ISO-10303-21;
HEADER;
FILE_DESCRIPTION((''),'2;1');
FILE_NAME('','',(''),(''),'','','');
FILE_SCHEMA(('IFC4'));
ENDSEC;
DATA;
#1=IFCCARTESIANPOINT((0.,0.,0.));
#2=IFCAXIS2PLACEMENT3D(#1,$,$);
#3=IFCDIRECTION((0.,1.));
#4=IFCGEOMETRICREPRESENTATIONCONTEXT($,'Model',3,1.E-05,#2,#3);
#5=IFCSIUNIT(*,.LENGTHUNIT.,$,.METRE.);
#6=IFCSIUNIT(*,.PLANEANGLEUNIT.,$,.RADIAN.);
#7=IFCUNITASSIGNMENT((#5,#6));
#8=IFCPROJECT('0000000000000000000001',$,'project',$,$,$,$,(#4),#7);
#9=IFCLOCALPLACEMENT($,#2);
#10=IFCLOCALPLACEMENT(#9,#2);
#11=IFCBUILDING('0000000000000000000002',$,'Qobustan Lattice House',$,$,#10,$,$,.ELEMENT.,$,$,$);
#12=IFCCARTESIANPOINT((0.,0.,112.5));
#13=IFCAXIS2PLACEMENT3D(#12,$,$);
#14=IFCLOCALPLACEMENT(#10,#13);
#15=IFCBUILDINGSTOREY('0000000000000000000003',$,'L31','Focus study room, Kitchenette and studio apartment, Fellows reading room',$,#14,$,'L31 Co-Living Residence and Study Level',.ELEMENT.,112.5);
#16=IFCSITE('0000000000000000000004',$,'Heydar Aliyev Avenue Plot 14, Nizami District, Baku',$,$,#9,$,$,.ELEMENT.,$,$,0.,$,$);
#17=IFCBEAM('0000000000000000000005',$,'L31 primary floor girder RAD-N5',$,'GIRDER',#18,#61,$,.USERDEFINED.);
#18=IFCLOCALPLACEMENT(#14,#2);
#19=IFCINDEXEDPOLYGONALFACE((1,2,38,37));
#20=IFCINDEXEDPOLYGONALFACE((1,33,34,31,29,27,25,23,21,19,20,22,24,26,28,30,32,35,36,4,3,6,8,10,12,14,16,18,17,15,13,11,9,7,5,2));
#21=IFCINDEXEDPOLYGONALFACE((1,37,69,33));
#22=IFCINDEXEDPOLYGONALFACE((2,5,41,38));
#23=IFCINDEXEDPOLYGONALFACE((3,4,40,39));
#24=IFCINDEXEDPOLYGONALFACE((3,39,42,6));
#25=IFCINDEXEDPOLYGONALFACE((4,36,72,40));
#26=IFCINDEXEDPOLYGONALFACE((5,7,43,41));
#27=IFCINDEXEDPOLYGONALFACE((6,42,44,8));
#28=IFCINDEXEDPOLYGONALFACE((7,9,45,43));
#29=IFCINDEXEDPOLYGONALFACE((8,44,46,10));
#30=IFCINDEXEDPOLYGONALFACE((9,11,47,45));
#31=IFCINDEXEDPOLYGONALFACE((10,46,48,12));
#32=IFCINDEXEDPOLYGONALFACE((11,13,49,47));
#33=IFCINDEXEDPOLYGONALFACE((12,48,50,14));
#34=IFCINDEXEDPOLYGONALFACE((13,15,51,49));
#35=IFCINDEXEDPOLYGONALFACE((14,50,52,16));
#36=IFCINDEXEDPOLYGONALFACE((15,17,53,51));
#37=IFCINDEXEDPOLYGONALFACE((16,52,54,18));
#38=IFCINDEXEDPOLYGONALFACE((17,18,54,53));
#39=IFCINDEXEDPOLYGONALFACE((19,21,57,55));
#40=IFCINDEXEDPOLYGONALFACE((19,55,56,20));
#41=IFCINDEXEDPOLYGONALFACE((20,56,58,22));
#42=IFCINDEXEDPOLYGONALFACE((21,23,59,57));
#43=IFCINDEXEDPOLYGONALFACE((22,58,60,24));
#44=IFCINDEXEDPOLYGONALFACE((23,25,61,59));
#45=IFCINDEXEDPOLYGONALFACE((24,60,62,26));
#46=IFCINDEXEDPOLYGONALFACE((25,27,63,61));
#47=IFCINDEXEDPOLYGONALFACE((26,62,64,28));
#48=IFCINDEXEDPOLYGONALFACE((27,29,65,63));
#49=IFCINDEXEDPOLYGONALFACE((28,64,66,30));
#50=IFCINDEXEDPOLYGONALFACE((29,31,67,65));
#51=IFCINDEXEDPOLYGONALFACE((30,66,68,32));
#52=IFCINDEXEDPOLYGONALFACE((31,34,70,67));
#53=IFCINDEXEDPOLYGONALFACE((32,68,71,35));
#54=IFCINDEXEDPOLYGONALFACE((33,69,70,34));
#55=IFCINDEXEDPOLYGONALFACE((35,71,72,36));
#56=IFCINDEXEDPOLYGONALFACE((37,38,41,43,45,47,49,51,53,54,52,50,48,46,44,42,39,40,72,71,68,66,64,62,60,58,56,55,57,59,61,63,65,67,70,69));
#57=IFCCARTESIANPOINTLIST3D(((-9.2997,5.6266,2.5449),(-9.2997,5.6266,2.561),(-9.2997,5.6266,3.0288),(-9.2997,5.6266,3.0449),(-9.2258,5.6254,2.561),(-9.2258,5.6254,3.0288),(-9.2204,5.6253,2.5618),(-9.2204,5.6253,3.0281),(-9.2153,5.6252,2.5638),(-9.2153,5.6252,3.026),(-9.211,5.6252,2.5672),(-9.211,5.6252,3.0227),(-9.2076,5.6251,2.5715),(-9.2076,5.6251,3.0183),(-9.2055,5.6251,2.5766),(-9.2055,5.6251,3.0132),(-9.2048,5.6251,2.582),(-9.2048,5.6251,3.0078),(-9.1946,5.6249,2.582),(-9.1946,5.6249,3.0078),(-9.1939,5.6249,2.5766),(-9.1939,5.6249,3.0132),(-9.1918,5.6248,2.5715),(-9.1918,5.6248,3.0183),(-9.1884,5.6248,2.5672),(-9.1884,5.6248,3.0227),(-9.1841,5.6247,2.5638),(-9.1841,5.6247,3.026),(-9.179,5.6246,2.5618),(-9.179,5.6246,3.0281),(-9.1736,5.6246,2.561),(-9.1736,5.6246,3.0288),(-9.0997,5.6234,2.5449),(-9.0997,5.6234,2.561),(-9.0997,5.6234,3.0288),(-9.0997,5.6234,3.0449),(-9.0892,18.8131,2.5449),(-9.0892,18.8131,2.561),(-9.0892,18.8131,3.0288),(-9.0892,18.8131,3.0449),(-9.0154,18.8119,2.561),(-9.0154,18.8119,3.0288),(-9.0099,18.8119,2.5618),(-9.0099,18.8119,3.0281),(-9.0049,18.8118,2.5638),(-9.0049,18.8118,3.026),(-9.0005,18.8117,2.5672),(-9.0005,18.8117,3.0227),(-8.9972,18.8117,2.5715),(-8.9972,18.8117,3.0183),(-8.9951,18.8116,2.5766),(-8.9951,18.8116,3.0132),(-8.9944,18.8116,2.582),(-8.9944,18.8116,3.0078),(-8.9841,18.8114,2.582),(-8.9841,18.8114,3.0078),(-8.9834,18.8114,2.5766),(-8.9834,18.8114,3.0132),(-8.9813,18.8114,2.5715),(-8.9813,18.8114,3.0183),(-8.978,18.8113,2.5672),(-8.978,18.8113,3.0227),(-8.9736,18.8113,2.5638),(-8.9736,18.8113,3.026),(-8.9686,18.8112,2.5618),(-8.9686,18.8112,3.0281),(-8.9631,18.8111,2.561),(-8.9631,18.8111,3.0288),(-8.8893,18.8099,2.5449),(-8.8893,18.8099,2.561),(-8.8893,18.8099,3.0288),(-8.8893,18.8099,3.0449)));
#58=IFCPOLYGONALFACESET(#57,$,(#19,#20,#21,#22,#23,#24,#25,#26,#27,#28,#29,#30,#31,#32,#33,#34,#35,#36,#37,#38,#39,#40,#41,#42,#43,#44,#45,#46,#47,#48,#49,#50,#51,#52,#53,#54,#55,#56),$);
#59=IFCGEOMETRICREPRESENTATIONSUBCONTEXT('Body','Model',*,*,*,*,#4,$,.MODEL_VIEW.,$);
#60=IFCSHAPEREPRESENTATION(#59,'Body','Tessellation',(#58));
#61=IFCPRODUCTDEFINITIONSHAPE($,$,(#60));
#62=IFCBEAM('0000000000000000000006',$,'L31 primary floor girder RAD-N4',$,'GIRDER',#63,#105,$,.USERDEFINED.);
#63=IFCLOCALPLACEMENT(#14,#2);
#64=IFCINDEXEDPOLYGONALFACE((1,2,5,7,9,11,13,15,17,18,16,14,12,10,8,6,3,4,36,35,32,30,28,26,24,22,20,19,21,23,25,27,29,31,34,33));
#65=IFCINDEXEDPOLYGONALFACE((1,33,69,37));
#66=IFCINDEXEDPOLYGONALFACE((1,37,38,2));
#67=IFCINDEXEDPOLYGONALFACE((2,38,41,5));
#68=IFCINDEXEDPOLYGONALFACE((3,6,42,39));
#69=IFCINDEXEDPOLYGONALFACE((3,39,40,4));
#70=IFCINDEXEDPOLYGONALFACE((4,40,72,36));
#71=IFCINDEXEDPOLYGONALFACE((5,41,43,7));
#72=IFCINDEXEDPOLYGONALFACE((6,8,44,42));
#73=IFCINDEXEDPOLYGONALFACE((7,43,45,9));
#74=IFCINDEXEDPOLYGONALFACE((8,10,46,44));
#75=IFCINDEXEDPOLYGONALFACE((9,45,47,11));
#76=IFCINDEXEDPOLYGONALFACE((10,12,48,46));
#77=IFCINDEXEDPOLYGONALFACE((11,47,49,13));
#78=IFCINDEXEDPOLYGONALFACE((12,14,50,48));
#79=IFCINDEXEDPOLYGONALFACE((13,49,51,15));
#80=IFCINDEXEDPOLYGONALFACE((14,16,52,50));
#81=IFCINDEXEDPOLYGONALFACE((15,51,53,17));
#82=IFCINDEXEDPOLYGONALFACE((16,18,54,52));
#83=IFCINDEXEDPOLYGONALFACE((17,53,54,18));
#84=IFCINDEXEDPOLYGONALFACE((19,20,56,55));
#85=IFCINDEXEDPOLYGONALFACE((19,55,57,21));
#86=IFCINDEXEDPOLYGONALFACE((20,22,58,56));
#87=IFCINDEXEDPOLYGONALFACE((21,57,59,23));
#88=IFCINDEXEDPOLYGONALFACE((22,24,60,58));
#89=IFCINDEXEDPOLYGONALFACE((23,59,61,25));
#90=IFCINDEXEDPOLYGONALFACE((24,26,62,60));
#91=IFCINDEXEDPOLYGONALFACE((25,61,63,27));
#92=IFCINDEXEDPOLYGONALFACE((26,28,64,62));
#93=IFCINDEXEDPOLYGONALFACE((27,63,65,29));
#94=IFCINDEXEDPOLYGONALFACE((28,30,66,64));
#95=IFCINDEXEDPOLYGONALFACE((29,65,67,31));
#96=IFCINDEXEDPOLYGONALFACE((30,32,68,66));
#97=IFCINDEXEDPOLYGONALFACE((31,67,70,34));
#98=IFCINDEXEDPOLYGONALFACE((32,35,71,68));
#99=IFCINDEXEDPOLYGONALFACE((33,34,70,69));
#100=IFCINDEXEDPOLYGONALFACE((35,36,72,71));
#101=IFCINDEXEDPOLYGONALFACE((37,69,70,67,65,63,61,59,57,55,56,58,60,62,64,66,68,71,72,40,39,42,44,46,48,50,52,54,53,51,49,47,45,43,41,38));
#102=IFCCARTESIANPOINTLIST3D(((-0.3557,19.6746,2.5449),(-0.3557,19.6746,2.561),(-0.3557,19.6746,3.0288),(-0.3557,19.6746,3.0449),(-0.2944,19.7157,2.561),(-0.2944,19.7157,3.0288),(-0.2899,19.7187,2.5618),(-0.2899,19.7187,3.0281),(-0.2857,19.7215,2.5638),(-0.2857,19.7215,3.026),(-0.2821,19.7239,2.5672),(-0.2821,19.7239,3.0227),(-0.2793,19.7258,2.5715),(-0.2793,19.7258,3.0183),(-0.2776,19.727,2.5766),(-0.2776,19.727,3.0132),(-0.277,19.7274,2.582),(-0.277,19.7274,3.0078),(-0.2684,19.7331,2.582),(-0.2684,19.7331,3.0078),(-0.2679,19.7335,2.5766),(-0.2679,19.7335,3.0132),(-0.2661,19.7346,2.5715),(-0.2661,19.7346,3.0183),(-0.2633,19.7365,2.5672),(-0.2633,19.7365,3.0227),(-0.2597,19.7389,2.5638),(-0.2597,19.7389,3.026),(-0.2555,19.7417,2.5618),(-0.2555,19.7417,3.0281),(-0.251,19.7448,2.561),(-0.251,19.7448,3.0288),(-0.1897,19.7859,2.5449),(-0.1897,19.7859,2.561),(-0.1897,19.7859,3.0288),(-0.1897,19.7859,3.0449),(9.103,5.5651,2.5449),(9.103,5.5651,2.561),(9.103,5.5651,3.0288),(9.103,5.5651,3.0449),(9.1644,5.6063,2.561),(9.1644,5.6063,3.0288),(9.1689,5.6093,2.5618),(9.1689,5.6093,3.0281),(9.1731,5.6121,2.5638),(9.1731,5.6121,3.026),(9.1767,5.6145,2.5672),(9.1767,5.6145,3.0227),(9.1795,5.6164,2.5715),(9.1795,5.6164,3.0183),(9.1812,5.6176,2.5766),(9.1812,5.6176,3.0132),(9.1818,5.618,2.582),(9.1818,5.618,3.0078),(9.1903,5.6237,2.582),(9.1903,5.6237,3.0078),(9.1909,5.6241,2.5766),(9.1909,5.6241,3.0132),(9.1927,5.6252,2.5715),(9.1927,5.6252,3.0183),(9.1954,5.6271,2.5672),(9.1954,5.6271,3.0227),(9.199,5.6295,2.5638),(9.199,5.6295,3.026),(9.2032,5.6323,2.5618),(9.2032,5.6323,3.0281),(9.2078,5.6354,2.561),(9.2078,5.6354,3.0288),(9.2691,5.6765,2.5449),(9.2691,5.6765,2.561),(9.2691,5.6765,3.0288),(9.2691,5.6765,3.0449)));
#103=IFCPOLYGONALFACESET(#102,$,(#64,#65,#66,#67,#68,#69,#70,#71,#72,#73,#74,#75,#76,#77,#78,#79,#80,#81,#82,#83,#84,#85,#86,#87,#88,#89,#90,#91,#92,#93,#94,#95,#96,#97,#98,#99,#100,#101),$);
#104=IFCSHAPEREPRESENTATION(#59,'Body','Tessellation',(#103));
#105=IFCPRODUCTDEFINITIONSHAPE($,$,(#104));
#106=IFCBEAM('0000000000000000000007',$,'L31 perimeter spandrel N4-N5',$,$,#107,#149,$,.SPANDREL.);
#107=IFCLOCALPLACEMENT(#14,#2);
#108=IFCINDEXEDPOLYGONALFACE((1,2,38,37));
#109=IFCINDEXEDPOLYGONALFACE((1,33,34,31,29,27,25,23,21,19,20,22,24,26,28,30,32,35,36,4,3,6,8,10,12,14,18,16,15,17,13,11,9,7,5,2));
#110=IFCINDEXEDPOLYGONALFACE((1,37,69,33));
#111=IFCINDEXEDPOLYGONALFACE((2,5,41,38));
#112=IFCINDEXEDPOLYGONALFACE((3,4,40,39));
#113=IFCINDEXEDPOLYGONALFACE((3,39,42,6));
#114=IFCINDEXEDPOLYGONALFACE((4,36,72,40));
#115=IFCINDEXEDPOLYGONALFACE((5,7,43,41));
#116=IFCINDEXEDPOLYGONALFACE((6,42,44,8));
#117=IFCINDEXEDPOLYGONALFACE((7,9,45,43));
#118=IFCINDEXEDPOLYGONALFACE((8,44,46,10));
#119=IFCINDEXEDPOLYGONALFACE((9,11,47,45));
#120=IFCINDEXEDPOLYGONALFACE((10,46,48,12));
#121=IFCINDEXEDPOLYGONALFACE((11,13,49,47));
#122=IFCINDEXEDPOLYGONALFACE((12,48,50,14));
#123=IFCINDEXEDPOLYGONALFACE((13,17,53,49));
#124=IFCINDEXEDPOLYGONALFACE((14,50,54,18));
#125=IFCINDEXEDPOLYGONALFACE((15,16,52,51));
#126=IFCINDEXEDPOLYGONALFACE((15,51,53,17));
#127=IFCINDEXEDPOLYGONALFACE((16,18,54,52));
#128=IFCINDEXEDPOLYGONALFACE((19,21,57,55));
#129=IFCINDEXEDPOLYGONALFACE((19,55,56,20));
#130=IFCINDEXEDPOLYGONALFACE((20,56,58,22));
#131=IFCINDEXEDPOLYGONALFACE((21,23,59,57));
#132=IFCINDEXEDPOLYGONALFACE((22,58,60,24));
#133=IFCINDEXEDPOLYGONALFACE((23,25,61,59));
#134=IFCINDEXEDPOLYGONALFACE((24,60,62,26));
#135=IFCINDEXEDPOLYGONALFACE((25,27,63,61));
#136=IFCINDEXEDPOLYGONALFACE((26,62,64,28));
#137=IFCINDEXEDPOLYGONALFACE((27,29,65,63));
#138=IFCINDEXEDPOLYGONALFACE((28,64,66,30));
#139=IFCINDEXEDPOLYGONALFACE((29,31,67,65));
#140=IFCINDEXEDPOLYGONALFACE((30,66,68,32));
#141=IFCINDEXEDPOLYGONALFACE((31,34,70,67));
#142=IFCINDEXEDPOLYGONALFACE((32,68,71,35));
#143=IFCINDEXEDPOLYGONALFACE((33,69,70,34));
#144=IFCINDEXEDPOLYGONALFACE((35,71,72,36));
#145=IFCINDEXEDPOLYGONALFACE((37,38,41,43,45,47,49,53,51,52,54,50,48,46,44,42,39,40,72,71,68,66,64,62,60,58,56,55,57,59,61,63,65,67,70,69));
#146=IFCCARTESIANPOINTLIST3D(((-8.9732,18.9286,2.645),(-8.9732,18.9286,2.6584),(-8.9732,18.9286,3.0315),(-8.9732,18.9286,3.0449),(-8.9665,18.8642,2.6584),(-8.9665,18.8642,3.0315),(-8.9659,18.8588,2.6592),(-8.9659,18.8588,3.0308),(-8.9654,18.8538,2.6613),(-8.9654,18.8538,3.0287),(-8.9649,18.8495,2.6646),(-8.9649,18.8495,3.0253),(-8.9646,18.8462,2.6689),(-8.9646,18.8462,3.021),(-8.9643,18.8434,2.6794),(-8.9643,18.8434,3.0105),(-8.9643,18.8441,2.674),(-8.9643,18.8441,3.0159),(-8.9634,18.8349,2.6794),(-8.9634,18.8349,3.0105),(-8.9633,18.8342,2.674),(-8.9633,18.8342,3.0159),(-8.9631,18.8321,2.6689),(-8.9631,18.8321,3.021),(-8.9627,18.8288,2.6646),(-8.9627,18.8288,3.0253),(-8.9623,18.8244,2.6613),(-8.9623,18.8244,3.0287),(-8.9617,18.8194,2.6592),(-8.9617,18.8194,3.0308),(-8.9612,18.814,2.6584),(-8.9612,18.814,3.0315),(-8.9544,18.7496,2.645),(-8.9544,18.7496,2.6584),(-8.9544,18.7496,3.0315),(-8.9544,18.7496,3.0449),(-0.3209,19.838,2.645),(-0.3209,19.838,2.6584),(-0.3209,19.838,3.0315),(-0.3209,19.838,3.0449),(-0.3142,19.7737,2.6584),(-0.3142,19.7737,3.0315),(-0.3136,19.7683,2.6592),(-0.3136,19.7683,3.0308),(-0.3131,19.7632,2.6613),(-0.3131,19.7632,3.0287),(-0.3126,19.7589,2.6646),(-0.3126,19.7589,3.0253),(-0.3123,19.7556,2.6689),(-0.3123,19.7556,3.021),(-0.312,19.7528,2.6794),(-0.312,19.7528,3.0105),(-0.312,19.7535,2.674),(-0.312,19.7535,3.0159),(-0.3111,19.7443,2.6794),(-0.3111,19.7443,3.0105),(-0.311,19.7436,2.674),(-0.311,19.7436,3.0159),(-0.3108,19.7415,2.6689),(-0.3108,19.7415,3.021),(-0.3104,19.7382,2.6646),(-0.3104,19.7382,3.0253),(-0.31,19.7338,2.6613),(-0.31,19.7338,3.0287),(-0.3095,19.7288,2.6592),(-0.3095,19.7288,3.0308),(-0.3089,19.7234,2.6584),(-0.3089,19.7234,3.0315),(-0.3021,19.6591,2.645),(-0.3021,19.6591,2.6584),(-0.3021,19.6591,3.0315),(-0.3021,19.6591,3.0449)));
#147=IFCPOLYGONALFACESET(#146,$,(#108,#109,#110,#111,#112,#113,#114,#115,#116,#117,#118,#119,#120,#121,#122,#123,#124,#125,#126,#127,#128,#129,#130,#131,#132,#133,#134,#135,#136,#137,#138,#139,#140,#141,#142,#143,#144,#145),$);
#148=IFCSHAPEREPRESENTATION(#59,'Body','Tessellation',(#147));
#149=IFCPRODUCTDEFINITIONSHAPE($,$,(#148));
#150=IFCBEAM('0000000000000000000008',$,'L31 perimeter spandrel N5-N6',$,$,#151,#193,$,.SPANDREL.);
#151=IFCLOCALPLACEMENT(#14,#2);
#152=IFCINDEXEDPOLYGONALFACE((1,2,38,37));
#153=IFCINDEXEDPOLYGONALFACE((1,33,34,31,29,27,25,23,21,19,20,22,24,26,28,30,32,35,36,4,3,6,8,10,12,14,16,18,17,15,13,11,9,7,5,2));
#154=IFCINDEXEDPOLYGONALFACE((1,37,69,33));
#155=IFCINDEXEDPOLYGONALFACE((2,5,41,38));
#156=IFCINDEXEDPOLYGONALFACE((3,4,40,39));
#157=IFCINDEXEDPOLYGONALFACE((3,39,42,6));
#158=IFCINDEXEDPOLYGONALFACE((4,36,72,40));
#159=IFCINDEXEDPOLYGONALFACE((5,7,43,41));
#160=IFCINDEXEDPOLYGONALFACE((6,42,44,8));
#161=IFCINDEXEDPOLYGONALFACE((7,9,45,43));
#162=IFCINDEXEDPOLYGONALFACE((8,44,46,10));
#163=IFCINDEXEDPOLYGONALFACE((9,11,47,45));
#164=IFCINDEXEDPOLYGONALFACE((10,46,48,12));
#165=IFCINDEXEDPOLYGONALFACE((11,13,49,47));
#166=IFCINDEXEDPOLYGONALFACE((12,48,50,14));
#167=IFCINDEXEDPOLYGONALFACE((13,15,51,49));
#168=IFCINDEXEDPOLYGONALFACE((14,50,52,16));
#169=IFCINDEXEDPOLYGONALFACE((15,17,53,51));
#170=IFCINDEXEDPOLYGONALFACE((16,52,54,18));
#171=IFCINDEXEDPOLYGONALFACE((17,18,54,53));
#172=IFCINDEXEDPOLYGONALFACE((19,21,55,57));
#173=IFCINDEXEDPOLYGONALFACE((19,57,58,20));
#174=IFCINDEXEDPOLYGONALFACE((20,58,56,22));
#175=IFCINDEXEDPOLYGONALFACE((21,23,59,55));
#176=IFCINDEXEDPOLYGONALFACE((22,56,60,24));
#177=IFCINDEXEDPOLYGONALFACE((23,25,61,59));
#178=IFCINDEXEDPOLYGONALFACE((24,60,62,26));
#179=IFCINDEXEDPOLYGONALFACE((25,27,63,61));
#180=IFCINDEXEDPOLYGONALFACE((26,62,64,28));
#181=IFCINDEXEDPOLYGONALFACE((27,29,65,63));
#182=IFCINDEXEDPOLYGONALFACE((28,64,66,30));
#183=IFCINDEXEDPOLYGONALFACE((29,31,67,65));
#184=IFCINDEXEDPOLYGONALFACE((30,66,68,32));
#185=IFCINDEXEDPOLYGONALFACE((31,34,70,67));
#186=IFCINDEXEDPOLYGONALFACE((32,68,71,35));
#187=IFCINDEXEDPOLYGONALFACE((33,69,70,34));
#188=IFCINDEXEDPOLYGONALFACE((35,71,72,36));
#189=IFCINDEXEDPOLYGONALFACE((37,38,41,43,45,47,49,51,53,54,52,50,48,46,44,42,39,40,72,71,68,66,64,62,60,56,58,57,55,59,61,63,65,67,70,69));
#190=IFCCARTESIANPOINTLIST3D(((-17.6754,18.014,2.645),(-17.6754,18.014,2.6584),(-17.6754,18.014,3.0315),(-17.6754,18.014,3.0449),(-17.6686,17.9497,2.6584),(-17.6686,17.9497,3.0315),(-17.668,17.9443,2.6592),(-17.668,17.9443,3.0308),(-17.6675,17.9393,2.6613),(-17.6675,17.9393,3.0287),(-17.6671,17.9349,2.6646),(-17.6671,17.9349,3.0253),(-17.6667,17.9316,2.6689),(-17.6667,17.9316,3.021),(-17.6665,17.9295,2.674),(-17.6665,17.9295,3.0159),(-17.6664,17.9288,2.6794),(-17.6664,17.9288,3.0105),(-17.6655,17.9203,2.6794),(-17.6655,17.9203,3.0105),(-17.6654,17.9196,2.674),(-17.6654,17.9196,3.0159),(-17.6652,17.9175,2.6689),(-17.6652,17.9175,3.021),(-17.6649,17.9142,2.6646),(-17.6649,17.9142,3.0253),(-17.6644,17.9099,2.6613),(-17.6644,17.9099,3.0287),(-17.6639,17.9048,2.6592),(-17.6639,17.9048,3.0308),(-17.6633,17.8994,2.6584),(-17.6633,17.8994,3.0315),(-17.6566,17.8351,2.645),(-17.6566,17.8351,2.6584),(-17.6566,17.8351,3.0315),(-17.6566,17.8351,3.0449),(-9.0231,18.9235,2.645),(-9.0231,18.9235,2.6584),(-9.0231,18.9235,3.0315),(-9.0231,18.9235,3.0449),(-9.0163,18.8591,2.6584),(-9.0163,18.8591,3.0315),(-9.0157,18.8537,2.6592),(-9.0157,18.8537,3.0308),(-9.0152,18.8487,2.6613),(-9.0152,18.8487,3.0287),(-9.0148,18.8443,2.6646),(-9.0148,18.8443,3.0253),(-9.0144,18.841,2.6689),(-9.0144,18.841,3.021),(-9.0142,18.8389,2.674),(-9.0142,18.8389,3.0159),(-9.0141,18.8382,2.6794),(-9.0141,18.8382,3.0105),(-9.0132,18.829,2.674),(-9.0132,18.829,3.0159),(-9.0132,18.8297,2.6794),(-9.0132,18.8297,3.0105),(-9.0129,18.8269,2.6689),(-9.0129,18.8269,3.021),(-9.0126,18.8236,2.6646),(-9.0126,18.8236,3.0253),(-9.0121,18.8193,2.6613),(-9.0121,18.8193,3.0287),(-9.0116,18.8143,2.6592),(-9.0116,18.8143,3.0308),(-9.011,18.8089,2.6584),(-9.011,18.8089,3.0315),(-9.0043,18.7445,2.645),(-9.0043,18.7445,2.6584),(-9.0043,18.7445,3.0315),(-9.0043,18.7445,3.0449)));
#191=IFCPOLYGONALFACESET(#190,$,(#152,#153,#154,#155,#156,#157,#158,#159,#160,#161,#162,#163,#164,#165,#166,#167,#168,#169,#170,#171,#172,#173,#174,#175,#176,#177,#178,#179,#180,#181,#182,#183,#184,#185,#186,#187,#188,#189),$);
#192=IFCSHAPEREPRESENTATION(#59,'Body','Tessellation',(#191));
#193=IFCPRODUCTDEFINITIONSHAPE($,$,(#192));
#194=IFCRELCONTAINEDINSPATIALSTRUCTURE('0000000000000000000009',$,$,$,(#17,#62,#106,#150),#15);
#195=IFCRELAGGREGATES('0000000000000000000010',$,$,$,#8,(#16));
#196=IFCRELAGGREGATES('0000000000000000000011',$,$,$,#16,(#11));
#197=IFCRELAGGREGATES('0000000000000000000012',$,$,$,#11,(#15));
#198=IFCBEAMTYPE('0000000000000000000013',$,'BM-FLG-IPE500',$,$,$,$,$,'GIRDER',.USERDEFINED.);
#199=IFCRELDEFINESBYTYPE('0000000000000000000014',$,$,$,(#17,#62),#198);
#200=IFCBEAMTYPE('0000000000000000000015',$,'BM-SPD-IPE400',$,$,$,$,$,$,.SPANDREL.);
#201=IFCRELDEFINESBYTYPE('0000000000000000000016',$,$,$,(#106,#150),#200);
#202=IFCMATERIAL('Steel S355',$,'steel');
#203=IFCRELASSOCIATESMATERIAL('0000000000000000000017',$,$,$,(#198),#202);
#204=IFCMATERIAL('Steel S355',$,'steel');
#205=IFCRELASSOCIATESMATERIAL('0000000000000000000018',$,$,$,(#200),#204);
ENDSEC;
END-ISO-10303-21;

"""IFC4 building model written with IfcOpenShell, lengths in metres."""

from ifc_helpers import new_model, si_unit, direction, frame, origin, origin_2d, place, context, subcontext, project, spatial, i_section, extrude, material, material_profile, profile_set, type_object, element, save


model = new_model("IFC4")

# Units and contexts
model_context = context("Model", 3, precision=1e-05, world=origin(), true_north=direction((0.0, 1.0)))
body_context = subcontext(model_context, "Body", "Model", "MODEL_VIEW")
ifc_project = project(units=[si_unit("LENGTHUNIT", "METRE"), si_unit("PLANEANGLEUNIT", "RADIAN")], contexts=[model_context])

# Site, building, storey
site_placement = place(None, origin())
site = spatial("IfcSite", under=ifc_project, at=site_placement, Name="Heydar Aliyev Avenue Plot 14, Nizami District, Baku", CompositionType="ELEMENT", RefElevation=0.0)
building_placement = place(site_placement, origin())
building = spatial("IfcBuilding", under=site, at=building_placement, Name="Qobustan Lattice House", CompositionType="ELEMENT")
storey_placement = place(building_placement, frame((0.0, 0.0, 112.5)))
storey = spatial("IfcBuildingStorey", under=building, at=storey_placement, Name="L31", Description="Focus study room, Kitchenette and studio apartment, Fellows reading room", LongName="L31 Co-Living Residence and Study Level", CompositionType="ELEMENT", Elevation=112.5)

# Beams
ifc_material_1 = material(Name="Steel S355", Category="steel")
ifc_material_profile_1 = material_profile(ifc_material_1, i_section(OverallWidth=0.2, OverallDepth=0.5, WebThickness=0.0103, FlangeThickness=0.0161, FilletRadius=0.021, at=origin_2d()), Name="IPE500")
ifc_profile_set_1 = profile_set([ifc_material_profile_1], Name="Steel S355")
beam_type_1 = type_object("IfcBeamType", Name="BM-FLG-IPE500", ElementType="GIRDER", PredefinedType="USERDEFINED", material=ifc_profile_set_1)
beam_1_placement = place(storey_placement, frame((-8.9893, 18.8115, 2.7949), z_axis=(-0.015957, -0.999873, 0.0), x_axis=(0.999873, -0.015957, 0.0)))
element("IfcBeam", 1, at=beam_1_placement, inside=storey, type_object=beam_type_1, Name="L31 primary floor girder RAD-N5", ObjectType="GIRDER", PredefinedType="USERDEFINED", context=body_context, shape_type="SweptSolid", body=[
    extrude(i_section(OverallWidth=0.2, OverallDepth=0.5, WebThickness=0.0103, FlangeThickness=0.0161, FilletRadius=0.021, at=origin_2d()), origin(), (0.0, 0.0, 1.0), 13.1882),
])
beam_2_placement = place(storey_placement, frame((-0.2727, 19.7302, 2.7949), z_axis=(0.556838, -0.830621, 0.0), x_axis=(0.830621, 0.556838, 0.0)))
element("IfcBeam", 2, at=beam_2_placement, inside=storey, type_object=beam_type_1, Name="L31 primary floor girder RAD-N4", ObjectType="GIRDER", PredefinedType="USERDEFINED", context=body_context, shape_type="SweptSolid", body=[
    extrude(i_section(OverallWidth=0.2, OverallDepth=0.5, WebThickness=0.0103, FlangeThickness=0.0161, FilletRadius=0.021, at=origin_2d()), origin(), (0.0, 0.0, 1.0), 16.9866),
])
ifc_material_2 = material(Name="Steel S355", Category="steel")
ifc_material_profile_2 = material_profile(ifc_material_2, i_section(OverallWidth=0.1799, OverallDepth=0.3999, WebThickness=0.0085, FlangeThickness=0.0134, FilletRadius=0.021, at=origin_2d()), Name="IPE400")
ifc_profile_set_2 = profile_set([ifc_material_profile_2], Name="Steel S355")
beam_type_2 = type_object("IfcBeamType", Name="BM-SPD-IPE400", PredefinedType="SPANDREL", material=ifc_profile_set_2)
for number, where, z_axis, x_axis, name in (
    (3, (-0.3115, 19.7485, 2.845), (-0.994522, -0.104531, 0.0), (0.104531, -0.994522, 0.0), "L31 perimeter spandrel N4-N5"),
    (4, (-9.0137, 18.834, 2.845), (-0.994522, -0.104531, 0.0), (0.104531, -0.994522, 0.0), "L31 perimeter spandrel N5-N6"),
):
    element("IfcBeam", number, at=place(storey_placement, frame(where, z_axis=z_axis, x_axis=x_axis)), inside=storey, type_object=beam_type_2, Name=name, PredefinedType="SPANDREL", context=body_context, shape_type="SweptSolid", body=[
        extrude(i_section(OverallWidth=0.1799, OverallDepth=0.3999, WebThickness=0.0085, FlangeThickness=0.0134, FilletRadius=0.021, at=origin_2d()), origin(), (0.0, 0.0, 1.0), 8.7),
    ])

save(model, "model.ifc")
